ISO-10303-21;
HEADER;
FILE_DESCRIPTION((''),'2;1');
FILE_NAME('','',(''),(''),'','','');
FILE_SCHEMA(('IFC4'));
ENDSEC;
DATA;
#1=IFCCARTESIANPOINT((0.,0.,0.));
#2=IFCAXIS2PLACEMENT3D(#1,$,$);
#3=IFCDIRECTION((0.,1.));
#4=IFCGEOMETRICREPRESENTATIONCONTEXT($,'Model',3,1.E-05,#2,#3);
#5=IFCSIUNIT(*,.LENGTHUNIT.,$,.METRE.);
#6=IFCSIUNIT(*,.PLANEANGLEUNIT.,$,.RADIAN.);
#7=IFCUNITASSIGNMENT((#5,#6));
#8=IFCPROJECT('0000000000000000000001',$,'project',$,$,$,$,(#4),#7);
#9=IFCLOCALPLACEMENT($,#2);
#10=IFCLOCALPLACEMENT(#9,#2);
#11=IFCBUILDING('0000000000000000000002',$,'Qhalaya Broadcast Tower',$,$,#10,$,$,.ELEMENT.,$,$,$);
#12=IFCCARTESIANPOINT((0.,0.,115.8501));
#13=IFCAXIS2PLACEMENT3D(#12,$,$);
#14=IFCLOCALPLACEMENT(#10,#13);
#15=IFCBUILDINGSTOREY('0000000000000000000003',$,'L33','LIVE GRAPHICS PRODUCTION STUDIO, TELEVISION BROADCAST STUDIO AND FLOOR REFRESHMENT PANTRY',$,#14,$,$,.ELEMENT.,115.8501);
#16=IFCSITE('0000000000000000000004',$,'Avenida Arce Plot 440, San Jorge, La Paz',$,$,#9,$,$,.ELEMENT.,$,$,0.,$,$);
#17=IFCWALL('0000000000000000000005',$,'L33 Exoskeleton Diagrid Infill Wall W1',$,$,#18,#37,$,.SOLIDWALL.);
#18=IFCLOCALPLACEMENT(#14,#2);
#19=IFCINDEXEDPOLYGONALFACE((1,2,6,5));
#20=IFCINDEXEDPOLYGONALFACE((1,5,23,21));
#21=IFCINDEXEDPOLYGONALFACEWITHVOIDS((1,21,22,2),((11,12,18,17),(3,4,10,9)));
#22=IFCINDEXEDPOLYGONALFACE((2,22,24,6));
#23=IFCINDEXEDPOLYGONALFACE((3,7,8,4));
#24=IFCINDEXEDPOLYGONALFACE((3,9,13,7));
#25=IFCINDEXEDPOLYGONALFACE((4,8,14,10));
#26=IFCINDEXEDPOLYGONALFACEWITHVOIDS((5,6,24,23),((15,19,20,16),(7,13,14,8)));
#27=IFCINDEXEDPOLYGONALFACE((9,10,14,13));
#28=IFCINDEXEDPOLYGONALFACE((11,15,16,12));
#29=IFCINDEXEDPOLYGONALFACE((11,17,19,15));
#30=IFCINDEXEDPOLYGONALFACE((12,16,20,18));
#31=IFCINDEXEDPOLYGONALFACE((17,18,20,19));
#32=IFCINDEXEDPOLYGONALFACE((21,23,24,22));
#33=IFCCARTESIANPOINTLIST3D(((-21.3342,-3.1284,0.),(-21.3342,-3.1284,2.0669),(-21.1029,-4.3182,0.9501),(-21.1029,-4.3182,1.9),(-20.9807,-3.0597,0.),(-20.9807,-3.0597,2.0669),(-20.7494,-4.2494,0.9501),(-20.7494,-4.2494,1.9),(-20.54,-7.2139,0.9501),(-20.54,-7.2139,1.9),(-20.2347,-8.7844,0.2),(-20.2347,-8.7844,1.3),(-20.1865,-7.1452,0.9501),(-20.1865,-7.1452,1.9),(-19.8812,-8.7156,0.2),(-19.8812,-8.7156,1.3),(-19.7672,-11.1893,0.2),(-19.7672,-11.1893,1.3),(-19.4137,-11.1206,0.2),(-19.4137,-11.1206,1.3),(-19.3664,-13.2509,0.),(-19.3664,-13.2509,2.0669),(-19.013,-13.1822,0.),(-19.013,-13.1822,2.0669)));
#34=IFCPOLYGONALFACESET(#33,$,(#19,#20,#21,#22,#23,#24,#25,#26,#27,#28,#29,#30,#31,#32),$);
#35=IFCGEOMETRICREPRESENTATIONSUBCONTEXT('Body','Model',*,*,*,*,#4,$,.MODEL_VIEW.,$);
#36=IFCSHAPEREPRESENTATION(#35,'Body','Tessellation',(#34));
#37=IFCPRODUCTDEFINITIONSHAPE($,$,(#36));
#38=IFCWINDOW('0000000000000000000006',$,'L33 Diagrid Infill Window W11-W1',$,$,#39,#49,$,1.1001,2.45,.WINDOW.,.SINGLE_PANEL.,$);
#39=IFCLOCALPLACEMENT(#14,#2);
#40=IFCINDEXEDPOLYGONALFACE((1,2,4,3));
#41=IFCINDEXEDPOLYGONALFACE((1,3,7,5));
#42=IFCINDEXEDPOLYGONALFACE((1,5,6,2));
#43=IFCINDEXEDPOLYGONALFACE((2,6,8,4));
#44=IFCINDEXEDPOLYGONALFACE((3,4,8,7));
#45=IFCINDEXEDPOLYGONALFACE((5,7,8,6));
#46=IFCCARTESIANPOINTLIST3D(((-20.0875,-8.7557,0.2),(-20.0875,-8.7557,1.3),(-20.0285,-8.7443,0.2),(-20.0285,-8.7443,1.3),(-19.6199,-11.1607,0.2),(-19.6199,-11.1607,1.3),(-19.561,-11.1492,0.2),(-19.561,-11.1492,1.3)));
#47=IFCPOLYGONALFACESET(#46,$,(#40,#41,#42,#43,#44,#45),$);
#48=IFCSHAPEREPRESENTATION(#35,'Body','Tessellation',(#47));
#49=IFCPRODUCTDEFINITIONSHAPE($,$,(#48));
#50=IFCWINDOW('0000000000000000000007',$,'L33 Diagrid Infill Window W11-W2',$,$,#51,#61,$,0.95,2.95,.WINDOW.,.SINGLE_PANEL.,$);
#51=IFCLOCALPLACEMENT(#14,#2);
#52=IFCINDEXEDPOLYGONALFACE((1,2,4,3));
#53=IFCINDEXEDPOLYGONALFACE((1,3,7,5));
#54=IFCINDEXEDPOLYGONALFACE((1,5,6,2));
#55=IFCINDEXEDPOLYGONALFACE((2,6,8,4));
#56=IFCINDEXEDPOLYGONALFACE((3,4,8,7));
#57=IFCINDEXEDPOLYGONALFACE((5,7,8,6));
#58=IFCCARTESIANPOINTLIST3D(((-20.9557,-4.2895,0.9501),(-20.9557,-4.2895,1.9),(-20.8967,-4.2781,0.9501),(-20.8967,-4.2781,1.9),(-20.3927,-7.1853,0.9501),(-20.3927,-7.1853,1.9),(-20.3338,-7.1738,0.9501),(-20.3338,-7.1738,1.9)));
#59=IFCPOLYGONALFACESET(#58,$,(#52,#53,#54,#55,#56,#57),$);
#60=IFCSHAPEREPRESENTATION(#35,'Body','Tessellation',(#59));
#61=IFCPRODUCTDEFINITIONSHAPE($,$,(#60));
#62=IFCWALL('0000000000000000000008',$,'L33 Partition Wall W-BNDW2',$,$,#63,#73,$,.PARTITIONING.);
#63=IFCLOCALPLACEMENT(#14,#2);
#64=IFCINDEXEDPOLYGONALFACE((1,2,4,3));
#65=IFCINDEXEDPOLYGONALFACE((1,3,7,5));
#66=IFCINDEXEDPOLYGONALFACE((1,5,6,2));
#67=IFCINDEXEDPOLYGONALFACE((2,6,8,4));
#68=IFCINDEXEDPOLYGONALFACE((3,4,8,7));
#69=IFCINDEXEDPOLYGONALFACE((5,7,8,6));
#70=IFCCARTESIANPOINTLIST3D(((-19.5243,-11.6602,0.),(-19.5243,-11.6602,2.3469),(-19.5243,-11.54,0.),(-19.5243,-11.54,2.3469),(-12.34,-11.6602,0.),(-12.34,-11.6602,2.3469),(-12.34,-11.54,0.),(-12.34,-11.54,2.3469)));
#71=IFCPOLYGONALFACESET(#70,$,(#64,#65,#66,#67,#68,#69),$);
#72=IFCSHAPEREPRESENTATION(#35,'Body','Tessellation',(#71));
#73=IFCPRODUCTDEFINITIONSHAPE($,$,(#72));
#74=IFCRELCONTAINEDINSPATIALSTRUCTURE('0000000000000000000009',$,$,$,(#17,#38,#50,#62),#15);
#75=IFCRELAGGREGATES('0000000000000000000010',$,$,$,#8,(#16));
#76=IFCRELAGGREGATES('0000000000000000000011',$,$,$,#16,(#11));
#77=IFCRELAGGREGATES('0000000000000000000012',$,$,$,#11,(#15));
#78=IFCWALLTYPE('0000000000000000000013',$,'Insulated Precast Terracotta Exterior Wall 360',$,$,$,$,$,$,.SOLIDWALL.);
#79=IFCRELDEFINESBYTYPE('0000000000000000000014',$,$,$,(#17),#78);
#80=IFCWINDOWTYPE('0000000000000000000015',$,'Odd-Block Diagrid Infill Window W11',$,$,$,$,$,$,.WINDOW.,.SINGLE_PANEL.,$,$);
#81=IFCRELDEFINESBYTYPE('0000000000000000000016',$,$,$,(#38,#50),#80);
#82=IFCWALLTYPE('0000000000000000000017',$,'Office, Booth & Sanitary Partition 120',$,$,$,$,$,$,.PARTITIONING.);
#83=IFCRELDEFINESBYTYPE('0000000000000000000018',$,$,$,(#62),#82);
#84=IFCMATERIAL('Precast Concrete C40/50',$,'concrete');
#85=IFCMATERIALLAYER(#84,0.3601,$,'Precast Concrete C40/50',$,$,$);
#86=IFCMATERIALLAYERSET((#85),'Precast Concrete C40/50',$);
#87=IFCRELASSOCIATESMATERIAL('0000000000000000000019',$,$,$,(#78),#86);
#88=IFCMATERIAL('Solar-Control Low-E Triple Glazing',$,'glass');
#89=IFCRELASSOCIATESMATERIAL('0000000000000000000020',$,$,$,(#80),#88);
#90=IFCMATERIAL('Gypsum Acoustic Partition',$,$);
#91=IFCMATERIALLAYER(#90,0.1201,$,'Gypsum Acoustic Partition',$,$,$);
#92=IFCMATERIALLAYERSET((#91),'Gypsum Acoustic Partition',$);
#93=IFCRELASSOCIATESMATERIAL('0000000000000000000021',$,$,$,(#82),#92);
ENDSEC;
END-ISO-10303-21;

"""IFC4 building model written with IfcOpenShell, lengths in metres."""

from ifc_helpers import new_model, si_unit, direction, frame, frame_2d, origin, place, context, subcontext, project, spatial, rectangle, extrude, material, layer, layer_set, type_object, element, fill, save


model = new_model("IFC4")

# Units and contexts
model_context = context("Model", 3, precision=1e-05, world=origin(), true_north=direction((0.0, 1.0)))
body_context = subcontext(model_context, "Body", "Model", "MODEL_VIEW")
ifc_project = project(units=[si_unit("LENGTHUNIT", "METRE"), si_unit("PLANEANGLEUNIT", "RADIAN")], contexts=[model_context])

# Site, building, storey
site_placement = place(None, origin())
site = spatial("IfcSite", under=ifc_project, at=site_placement, Name="Avenida Arce Plot 440, San Jorge, La Paz", CompositionType="ELEMENT", RefElevation=0.0)
building_placement = place(site_placement, origin())
building = spatial("IfcBuilding", under=site, at=building_placement, Name="Qhalaya Broadcast Tower", CompositionType="ELEMENT")
storey_placement = place(building_placement, frame((0.0, 0.0, 115.8501)))
storey = spatial("IfcBuildingStorey", under=building, at=storey_placement, Name="L33", Description="LIVE GRAPHICS PRODUCTION STUDIO, TELEVISION BROADCAST STUDIO AND FLOOR REFRESHMENT PANTRY", CompositionType="ELEMENT", Elevation=115.8501)

# Shared definitions
ifc_material_1 = material(Name="Gypsum Acoustic Partition")

# Wall, openings, windows
ifc_material_2 = material(Name="Precast Concrete C40/50", Category="concrete")
ifc_layer_1 = layer(ifc_material_2, 0.3601, Name="Precast Concrete C40/50")
ifc_layer_set_1 = layer_set([ifc_layer_1], Name="Precast Concrete C40/50")
wall_type_1 = type_object("IfcWallType", Name="Insulated Precast Terracotta Exterior Wall 360", PredefinedType="SOLIDWALL", material=ifc_layer_set_1)
wall_1_placement = place(storey_placement, frame((-19.1897, -13.2166, 0.0), z_axis=(0.0, 0.0, 1.0), x_axis=(-0.190823, 0.981625, 0.0)))
wall_1 = element("IfcWall", 1, at=wall_1_placement, inside=storey, type_object=wall_type_1, Name="L33 Exoskeleton Diagrid Infill Wall W1", PredefinedType="SOLIDWALL", context=body_context, shape_type="SweptSolid", body=[
    extrude(rectangle(XDim=10.312, YDim=0.3601, at=frame_2d((5.156, 0.0))), origin(), (0.0, 0.0, 1.0), 2.0669),
])
opening_1_placement = place(wall_1_placement, frame((2.1001, 0.0, 0.2)))
opening_1 = element("IfcOpeningElement", 2, at=opening_1_placement, cuts=wall_1, PredefinedType="OPENING", context=body_context, shape_type="SweptSolid", body=[
    extrude(rectangle(XDim=2.45, YDim=1.1001, at=frame_2d((1.2251, 0.55))), frame((0.0, 0.1921, 0.0), z_axis=(0.0, -1.0, 0.0), x_axis=(1.0, 0.0, 0.0)), (0.0, 0.0, 1.0), 0.384),
])
opening_2_placement = place(wall_1_placement, frame((6.1499, 0.0, 0.95)))
opening_2 = element("IfcOpeningElement", 3, at=opening_2_placement, cuts=wall_1, PredefinedType="OPENING", context=body_context, shape_type="SweptSolid", body=[
    extrude(rectangle(XDim=2.95, YDim=0.95, at=frame_2d((1.4751, 0.4751))), frame((0.0, 0.1921, 0.0), z_axis=(0.0, -1.0, 0.0), x_axis=(1.0, 0.0, 0.0)), (0.0, 0.0, 1.0), 0.384),
])
ifc_material_3 = material(Name="Solar-Control Low-E Triple Glazing", Category="glass")
window_type = type_object("IfcWindowType", Name="Odd-Block Diagrid Infill Window W11", PartitioningType="SINGLE_PANEL", PredefinedType="WINDOW", material=ifc_material_3)
window_1_placement = place(opening_1_placement, origin())
window_1 = element("IfcWindow", 4, at=window_1_placement, inside=storey, type_object=window_type, Name="L33 Diagrid Infill Window W11-W1", OverallHeight=1.1001, OverallWidth=2.45, PartitioningType="SINGLE_PANEL", PredefinedType="WINDOW", context=body_context, shape_type="SweptSolid", body=[
    extrude(rectangle(XDim=2.45, YDim=1.1001, at=frame_2d((1.2251, 0.55))), frame((0.0, 0.03, 0.0), z_axis=(0.0, -1.0, 0.0), x_axis=(1.0, 0.0, 0.0)), (0.0, 0.0, 1.0), 0.0601),
])
fill(opening_1, window_1)
window_2_placement = place(opening_2_placement, origin())
window_2 = element("IfcWindow", 5, at=window_2_placement, inside=storey, type_object=window_type, Name="L33 Diagrid Infill Window W11-W2", OverallHeight=0.95, OverallWidth=2.95, PartitioningType="SINGLE_PANEL", PredefinedType="WINDOW", context=body_context, shape_type="SweptSolid", body=[
    extrude(rectangle(XDim=2.95, YDim=0.95, at=frame_2d((1.4751, 0.4751))), frame((0.0, 0.03, 0.0), z_axis=(0.0, -1.0, 0.0), x_axis=(1.0, 0.0, 0.0)), (0.0, 0.0, 1.0), 0.0601),
])
fill(opening_2, window_2)

# Wall
ifc_layer_2 = layer(ifc_material_1, 0.1201, Name="Gypsum Acoustic Partition")
ifc_layer_set_2 = layer_set([ifc_layer_2], Name="Gypsum Acoustic Partition")
wall_type_2 = type_object("IfcWallType", Name="Office, Booth & Sanitary Partition 120", PredefinedType="PARTITIONING", material=ifc_layer_set_2)
wall_2_placement = place(storey_placement, frame((-19.5244, -11.6001, 0.0), z_axis=(0.0, 0.0, 1.0), x_axis=(1.0, 0.0, 0.0)))
element("IfcWall", 6, at=wall_2_placement, inside=storey, type_object=wall_type_2, Name="L33 Partition Wall W-BNDW2", PredefinedType="PARTITIONING", context=body_context, shape_type="SweptSolid", body=[
    extrude(rectangle(XDim=7.1843, YDim=0.1201, at=frame_2d((3.5923, 0.0))), origin(), (0.0, 0.0, 1.0), 2.3469),
])

save(model, "model.ifc")
